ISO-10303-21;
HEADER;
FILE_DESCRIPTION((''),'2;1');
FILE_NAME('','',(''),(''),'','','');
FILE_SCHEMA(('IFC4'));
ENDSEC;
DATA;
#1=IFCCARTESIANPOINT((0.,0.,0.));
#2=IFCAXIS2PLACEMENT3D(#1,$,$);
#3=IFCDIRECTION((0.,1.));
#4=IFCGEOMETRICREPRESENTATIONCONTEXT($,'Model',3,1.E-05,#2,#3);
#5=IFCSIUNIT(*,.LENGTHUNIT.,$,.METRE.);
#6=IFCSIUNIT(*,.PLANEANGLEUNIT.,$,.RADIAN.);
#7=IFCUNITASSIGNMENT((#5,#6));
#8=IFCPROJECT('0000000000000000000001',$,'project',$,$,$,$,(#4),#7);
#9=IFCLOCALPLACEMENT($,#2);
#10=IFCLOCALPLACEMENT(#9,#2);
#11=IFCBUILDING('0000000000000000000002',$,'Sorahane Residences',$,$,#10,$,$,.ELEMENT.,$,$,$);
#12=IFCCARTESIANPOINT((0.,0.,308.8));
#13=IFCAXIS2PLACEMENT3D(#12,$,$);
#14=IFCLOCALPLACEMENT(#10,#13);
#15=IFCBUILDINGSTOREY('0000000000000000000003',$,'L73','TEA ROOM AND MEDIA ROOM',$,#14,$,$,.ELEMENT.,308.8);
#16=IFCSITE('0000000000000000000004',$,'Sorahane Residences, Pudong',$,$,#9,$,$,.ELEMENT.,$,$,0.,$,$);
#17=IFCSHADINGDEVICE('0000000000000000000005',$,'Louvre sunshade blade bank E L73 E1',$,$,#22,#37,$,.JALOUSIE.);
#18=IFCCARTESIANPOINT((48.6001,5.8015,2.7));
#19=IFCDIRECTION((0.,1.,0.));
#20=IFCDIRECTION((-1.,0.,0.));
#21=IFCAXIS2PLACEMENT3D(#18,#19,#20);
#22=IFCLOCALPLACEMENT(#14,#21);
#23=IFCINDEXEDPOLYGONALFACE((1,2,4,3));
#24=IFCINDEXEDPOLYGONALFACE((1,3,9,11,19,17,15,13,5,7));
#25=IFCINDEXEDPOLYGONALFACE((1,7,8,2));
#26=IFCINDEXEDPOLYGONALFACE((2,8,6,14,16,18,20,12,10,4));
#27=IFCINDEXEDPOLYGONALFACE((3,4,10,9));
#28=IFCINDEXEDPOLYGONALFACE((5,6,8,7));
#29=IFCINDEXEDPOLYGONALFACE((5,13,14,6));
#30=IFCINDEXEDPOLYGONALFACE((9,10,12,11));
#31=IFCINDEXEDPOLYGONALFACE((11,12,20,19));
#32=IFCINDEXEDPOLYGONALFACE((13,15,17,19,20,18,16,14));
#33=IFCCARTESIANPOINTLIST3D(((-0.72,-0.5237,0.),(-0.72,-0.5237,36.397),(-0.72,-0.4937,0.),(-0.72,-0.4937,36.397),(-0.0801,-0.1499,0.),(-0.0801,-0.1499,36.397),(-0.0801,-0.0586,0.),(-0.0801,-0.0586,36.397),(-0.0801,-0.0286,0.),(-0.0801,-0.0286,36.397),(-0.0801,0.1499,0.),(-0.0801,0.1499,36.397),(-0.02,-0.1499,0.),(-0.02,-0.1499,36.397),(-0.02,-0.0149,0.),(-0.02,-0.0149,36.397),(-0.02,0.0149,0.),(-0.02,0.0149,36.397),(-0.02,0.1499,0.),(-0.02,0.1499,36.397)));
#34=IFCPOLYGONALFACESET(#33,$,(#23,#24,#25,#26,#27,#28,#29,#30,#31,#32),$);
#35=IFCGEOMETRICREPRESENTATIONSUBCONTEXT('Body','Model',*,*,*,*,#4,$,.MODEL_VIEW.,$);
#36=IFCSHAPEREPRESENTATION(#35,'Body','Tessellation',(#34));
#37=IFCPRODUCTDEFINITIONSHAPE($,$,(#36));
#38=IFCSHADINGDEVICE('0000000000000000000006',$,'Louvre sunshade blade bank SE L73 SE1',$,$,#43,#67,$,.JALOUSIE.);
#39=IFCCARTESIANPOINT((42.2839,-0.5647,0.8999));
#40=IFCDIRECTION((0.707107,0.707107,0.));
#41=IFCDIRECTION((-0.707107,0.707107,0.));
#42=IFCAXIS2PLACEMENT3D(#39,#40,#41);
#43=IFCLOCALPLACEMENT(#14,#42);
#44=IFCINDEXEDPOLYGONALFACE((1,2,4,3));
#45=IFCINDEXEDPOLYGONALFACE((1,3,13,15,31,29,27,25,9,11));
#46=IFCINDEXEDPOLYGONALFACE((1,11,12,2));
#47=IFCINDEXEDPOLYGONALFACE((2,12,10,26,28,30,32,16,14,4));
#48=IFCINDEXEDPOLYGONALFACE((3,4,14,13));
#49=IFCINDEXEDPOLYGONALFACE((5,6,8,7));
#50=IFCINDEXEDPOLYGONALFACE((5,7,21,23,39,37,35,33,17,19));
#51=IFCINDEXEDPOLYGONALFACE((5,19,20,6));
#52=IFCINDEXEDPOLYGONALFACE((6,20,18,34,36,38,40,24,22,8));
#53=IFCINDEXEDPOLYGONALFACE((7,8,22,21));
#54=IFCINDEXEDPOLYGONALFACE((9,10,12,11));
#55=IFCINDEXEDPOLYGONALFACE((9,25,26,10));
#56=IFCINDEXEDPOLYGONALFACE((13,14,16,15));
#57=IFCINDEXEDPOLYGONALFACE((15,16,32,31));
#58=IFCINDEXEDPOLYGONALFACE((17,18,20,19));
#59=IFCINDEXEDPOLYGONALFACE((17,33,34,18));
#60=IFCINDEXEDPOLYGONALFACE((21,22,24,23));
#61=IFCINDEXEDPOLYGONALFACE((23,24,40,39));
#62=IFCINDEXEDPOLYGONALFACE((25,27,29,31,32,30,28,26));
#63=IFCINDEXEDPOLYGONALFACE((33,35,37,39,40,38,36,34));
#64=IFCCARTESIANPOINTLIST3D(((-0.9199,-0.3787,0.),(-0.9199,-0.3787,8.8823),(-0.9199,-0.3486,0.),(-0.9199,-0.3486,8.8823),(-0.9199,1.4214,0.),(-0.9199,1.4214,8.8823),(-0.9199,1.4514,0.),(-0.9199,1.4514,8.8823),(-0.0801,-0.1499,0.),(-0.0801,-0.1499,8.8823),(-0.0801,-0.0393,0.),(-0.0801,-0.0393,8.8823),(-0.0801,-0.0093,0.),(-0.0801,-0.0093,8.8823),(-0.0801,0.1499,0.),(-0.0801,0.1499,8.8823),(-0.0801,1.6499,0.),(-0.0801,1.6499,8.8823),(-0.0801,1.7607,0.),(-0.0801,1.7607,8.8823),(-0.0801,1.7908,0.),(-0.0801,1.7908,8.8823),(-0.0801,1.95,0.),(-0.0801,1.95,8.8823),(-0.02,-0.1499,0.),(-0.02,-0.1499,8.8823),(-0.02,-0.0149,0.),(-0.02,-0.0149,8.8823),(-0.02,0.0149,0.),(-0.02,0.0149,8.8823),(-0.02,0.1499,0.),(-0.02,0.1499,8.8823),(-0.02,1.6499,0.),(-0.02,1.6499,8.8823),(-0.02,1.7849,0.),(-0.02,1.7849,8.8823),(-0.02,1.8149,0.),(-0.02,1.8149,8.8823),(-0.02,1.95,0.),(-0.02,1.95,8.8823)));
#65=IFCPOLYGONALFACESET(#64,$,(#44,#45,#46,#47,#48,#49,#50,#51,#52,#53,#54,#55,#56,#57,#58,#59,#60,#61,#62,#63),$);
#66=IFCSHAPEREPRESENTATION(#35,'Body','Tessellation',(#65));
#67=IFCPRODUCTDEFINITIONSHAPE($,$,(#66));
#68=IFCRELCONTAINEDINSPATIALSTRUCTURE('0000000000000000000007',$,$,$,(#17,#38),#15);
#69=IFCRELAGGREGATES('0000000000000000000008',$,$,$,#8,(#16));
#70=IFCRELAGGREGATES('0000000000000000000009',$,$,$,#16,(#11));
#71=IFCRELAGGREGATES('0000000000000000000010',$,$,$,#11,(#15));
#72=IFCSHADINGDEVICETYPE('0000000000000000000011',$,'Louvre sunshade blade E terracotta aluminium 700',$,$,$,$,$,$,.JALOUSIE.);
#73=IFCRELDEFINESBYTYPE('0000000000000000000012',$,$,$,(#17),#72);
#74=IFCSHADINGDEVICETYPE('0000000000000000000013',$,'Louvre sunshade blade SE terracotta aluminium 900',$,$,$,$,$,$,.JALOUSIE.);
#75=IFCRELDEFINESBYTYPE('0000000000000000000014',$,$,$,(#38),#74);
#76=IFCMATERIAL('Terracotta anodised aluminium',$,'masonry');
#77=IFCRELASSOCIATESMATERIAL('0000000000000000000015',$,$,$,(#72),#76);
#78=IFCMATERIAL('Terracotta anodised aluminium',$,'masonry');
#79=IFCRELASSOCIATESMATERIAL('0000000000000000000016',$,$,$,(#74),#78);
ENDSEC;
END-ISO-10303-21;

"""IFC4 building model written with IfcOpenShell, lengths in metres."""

from ifc_helpers import new_model, si_unit, direction, frame, origin, place, context, subcontext, project, spatial, polyline, outline, composite_profile, extrude, material, type_object, element, save


model = new_model("IFC4")

# Units and contexts
model_context = context("Model", 3, precision=1e-05, world=origin(), true_north=direction((0.0, 1.0)))
body_context = subcontext(model_context, "Body", "Model", "MODEL_VIEW")
ifc_project = project(units=[si_unit("LENGTHUNIT", "METRE"), si_unit("PLANEANGLEUNIT", "RADIAN")], contexts=[model_context])

# Site, building, storey
site_placement = place(None, origin())
site = spatial("IfcSite", under=ifc_project, at=site_placement, Name="Sorahane Residences, Pudong", CompositionType="ELEMENT", RefElevation=0.0)
building_placement = place(site_placement, origin())
building = spatial("IfcBuilding", under=site, at=building_placement, Name="Sorahane Residences", CompositionType="ELEMENT")
storey_placement = place(building_placement, frame((0.0, 0.0, 308.8)))
storey = spatial("IfcBuildingStorey", under=building, at=storey_placement, Name="L73", Description="TEA ROOM AND MEDIA ROOM", CompositionType="ELEMENT", Elevation=308.8)

# Shading devices
ifc_material_1 = material(Name="Terracotta anodised aluminium", Category="masonry")
shading_device_type_1 = type_object("IfcShadingDeviceType", Name="Louvre sunshade blade E terracotta aluminium 700", PredefinedType="JALOUSIE", material=ifc_material_1)
shading_device_1_placement = place(storey_placement, frame((48.6001, 5.8015, 2.7), z_axis=(0.0, 1.0, 0.0), x_axis=(-1.0, 0.0, 0.0)))
element("IfcShadingDevice", 1, at=shading_device_1_placement, inside=storey, type_object=shading_device_type_1, Name="Louvre sunshade blade bank E L73 E1", PredefinedType="JALOUSIE", context=body_context, shape_type="SweptSolid", body=[
    extrude(outline(polyline([(-0.72, -0.4937), (-0.72, -0.5237), (-0.0801, -0.0586), (-0.0801, -0.1499), (-0.02, -0.1499), (-0.02, -0.0149), (-0.02, 0.0149), (-0.02, 0.1499), (-0.0801, 0.1499), (-0.0801, -0.0286), (-0.72, -0.4937)])), origin(), (0.0, 0.0, 1.0), 36.397),
])
ifc_material_2 = material(Name="Terracotta anodised aluminium", Category="masonry")
shading_device_type_2 = type_object("IfcShadingDeviceType", Name="Louvre sunshade blade SE terracotta aluminium 900", PredefinedType="JALOUSIE", material=ifc_material_2)
shading_device_2_placement = place(storey_placement, frame((42.2839, -0.5647, 0.8999), z_axis=(0.707107, 0.707107, 0.0), x_axis=(-0.707107, 0.707107, 0.0)))
element("IfcShadingDevice", 2, at=shading_device_2_placement, inside=storey, type_object=shading_device_type_2, Name="Louvre sunshade blade bank SE L73 SE1", PredefinedType="JALOUSIE", context=body_context, shape_type="SweptSolid", body=[
    extrude(composite_profile([outline(polyline([(-0.9199, -0.3486), (-0.9199, -0.3787), (-0.0801, -0.0393), (-0.0801, -0.1499), (-0.02, -0.1499), (-0.02, -0.0149), (-0.02, 0.0149), (-0.02, 0.1499), (-0.0801, 0.1499), (-0.0801, -0.0093), (-0.9199, -0.3486)])), outline(polyline([(-0.9199, 1.4514), (-0.9199, 1.4214), (-0.0801, 1.7607), (-0.0801, 1.6499), (-0.02, 1.6499), (-0.02, 1.7849), (-0.02, 1.8149), (-0.02, 1.95), (-0.0801, 1.95), (-0.0801, 1.7908), (-0.9199, 1.4514)]))]), origin(), (0.0, 0.0, 1.0), 8.8823),
])

save(model, "model.ifc")
